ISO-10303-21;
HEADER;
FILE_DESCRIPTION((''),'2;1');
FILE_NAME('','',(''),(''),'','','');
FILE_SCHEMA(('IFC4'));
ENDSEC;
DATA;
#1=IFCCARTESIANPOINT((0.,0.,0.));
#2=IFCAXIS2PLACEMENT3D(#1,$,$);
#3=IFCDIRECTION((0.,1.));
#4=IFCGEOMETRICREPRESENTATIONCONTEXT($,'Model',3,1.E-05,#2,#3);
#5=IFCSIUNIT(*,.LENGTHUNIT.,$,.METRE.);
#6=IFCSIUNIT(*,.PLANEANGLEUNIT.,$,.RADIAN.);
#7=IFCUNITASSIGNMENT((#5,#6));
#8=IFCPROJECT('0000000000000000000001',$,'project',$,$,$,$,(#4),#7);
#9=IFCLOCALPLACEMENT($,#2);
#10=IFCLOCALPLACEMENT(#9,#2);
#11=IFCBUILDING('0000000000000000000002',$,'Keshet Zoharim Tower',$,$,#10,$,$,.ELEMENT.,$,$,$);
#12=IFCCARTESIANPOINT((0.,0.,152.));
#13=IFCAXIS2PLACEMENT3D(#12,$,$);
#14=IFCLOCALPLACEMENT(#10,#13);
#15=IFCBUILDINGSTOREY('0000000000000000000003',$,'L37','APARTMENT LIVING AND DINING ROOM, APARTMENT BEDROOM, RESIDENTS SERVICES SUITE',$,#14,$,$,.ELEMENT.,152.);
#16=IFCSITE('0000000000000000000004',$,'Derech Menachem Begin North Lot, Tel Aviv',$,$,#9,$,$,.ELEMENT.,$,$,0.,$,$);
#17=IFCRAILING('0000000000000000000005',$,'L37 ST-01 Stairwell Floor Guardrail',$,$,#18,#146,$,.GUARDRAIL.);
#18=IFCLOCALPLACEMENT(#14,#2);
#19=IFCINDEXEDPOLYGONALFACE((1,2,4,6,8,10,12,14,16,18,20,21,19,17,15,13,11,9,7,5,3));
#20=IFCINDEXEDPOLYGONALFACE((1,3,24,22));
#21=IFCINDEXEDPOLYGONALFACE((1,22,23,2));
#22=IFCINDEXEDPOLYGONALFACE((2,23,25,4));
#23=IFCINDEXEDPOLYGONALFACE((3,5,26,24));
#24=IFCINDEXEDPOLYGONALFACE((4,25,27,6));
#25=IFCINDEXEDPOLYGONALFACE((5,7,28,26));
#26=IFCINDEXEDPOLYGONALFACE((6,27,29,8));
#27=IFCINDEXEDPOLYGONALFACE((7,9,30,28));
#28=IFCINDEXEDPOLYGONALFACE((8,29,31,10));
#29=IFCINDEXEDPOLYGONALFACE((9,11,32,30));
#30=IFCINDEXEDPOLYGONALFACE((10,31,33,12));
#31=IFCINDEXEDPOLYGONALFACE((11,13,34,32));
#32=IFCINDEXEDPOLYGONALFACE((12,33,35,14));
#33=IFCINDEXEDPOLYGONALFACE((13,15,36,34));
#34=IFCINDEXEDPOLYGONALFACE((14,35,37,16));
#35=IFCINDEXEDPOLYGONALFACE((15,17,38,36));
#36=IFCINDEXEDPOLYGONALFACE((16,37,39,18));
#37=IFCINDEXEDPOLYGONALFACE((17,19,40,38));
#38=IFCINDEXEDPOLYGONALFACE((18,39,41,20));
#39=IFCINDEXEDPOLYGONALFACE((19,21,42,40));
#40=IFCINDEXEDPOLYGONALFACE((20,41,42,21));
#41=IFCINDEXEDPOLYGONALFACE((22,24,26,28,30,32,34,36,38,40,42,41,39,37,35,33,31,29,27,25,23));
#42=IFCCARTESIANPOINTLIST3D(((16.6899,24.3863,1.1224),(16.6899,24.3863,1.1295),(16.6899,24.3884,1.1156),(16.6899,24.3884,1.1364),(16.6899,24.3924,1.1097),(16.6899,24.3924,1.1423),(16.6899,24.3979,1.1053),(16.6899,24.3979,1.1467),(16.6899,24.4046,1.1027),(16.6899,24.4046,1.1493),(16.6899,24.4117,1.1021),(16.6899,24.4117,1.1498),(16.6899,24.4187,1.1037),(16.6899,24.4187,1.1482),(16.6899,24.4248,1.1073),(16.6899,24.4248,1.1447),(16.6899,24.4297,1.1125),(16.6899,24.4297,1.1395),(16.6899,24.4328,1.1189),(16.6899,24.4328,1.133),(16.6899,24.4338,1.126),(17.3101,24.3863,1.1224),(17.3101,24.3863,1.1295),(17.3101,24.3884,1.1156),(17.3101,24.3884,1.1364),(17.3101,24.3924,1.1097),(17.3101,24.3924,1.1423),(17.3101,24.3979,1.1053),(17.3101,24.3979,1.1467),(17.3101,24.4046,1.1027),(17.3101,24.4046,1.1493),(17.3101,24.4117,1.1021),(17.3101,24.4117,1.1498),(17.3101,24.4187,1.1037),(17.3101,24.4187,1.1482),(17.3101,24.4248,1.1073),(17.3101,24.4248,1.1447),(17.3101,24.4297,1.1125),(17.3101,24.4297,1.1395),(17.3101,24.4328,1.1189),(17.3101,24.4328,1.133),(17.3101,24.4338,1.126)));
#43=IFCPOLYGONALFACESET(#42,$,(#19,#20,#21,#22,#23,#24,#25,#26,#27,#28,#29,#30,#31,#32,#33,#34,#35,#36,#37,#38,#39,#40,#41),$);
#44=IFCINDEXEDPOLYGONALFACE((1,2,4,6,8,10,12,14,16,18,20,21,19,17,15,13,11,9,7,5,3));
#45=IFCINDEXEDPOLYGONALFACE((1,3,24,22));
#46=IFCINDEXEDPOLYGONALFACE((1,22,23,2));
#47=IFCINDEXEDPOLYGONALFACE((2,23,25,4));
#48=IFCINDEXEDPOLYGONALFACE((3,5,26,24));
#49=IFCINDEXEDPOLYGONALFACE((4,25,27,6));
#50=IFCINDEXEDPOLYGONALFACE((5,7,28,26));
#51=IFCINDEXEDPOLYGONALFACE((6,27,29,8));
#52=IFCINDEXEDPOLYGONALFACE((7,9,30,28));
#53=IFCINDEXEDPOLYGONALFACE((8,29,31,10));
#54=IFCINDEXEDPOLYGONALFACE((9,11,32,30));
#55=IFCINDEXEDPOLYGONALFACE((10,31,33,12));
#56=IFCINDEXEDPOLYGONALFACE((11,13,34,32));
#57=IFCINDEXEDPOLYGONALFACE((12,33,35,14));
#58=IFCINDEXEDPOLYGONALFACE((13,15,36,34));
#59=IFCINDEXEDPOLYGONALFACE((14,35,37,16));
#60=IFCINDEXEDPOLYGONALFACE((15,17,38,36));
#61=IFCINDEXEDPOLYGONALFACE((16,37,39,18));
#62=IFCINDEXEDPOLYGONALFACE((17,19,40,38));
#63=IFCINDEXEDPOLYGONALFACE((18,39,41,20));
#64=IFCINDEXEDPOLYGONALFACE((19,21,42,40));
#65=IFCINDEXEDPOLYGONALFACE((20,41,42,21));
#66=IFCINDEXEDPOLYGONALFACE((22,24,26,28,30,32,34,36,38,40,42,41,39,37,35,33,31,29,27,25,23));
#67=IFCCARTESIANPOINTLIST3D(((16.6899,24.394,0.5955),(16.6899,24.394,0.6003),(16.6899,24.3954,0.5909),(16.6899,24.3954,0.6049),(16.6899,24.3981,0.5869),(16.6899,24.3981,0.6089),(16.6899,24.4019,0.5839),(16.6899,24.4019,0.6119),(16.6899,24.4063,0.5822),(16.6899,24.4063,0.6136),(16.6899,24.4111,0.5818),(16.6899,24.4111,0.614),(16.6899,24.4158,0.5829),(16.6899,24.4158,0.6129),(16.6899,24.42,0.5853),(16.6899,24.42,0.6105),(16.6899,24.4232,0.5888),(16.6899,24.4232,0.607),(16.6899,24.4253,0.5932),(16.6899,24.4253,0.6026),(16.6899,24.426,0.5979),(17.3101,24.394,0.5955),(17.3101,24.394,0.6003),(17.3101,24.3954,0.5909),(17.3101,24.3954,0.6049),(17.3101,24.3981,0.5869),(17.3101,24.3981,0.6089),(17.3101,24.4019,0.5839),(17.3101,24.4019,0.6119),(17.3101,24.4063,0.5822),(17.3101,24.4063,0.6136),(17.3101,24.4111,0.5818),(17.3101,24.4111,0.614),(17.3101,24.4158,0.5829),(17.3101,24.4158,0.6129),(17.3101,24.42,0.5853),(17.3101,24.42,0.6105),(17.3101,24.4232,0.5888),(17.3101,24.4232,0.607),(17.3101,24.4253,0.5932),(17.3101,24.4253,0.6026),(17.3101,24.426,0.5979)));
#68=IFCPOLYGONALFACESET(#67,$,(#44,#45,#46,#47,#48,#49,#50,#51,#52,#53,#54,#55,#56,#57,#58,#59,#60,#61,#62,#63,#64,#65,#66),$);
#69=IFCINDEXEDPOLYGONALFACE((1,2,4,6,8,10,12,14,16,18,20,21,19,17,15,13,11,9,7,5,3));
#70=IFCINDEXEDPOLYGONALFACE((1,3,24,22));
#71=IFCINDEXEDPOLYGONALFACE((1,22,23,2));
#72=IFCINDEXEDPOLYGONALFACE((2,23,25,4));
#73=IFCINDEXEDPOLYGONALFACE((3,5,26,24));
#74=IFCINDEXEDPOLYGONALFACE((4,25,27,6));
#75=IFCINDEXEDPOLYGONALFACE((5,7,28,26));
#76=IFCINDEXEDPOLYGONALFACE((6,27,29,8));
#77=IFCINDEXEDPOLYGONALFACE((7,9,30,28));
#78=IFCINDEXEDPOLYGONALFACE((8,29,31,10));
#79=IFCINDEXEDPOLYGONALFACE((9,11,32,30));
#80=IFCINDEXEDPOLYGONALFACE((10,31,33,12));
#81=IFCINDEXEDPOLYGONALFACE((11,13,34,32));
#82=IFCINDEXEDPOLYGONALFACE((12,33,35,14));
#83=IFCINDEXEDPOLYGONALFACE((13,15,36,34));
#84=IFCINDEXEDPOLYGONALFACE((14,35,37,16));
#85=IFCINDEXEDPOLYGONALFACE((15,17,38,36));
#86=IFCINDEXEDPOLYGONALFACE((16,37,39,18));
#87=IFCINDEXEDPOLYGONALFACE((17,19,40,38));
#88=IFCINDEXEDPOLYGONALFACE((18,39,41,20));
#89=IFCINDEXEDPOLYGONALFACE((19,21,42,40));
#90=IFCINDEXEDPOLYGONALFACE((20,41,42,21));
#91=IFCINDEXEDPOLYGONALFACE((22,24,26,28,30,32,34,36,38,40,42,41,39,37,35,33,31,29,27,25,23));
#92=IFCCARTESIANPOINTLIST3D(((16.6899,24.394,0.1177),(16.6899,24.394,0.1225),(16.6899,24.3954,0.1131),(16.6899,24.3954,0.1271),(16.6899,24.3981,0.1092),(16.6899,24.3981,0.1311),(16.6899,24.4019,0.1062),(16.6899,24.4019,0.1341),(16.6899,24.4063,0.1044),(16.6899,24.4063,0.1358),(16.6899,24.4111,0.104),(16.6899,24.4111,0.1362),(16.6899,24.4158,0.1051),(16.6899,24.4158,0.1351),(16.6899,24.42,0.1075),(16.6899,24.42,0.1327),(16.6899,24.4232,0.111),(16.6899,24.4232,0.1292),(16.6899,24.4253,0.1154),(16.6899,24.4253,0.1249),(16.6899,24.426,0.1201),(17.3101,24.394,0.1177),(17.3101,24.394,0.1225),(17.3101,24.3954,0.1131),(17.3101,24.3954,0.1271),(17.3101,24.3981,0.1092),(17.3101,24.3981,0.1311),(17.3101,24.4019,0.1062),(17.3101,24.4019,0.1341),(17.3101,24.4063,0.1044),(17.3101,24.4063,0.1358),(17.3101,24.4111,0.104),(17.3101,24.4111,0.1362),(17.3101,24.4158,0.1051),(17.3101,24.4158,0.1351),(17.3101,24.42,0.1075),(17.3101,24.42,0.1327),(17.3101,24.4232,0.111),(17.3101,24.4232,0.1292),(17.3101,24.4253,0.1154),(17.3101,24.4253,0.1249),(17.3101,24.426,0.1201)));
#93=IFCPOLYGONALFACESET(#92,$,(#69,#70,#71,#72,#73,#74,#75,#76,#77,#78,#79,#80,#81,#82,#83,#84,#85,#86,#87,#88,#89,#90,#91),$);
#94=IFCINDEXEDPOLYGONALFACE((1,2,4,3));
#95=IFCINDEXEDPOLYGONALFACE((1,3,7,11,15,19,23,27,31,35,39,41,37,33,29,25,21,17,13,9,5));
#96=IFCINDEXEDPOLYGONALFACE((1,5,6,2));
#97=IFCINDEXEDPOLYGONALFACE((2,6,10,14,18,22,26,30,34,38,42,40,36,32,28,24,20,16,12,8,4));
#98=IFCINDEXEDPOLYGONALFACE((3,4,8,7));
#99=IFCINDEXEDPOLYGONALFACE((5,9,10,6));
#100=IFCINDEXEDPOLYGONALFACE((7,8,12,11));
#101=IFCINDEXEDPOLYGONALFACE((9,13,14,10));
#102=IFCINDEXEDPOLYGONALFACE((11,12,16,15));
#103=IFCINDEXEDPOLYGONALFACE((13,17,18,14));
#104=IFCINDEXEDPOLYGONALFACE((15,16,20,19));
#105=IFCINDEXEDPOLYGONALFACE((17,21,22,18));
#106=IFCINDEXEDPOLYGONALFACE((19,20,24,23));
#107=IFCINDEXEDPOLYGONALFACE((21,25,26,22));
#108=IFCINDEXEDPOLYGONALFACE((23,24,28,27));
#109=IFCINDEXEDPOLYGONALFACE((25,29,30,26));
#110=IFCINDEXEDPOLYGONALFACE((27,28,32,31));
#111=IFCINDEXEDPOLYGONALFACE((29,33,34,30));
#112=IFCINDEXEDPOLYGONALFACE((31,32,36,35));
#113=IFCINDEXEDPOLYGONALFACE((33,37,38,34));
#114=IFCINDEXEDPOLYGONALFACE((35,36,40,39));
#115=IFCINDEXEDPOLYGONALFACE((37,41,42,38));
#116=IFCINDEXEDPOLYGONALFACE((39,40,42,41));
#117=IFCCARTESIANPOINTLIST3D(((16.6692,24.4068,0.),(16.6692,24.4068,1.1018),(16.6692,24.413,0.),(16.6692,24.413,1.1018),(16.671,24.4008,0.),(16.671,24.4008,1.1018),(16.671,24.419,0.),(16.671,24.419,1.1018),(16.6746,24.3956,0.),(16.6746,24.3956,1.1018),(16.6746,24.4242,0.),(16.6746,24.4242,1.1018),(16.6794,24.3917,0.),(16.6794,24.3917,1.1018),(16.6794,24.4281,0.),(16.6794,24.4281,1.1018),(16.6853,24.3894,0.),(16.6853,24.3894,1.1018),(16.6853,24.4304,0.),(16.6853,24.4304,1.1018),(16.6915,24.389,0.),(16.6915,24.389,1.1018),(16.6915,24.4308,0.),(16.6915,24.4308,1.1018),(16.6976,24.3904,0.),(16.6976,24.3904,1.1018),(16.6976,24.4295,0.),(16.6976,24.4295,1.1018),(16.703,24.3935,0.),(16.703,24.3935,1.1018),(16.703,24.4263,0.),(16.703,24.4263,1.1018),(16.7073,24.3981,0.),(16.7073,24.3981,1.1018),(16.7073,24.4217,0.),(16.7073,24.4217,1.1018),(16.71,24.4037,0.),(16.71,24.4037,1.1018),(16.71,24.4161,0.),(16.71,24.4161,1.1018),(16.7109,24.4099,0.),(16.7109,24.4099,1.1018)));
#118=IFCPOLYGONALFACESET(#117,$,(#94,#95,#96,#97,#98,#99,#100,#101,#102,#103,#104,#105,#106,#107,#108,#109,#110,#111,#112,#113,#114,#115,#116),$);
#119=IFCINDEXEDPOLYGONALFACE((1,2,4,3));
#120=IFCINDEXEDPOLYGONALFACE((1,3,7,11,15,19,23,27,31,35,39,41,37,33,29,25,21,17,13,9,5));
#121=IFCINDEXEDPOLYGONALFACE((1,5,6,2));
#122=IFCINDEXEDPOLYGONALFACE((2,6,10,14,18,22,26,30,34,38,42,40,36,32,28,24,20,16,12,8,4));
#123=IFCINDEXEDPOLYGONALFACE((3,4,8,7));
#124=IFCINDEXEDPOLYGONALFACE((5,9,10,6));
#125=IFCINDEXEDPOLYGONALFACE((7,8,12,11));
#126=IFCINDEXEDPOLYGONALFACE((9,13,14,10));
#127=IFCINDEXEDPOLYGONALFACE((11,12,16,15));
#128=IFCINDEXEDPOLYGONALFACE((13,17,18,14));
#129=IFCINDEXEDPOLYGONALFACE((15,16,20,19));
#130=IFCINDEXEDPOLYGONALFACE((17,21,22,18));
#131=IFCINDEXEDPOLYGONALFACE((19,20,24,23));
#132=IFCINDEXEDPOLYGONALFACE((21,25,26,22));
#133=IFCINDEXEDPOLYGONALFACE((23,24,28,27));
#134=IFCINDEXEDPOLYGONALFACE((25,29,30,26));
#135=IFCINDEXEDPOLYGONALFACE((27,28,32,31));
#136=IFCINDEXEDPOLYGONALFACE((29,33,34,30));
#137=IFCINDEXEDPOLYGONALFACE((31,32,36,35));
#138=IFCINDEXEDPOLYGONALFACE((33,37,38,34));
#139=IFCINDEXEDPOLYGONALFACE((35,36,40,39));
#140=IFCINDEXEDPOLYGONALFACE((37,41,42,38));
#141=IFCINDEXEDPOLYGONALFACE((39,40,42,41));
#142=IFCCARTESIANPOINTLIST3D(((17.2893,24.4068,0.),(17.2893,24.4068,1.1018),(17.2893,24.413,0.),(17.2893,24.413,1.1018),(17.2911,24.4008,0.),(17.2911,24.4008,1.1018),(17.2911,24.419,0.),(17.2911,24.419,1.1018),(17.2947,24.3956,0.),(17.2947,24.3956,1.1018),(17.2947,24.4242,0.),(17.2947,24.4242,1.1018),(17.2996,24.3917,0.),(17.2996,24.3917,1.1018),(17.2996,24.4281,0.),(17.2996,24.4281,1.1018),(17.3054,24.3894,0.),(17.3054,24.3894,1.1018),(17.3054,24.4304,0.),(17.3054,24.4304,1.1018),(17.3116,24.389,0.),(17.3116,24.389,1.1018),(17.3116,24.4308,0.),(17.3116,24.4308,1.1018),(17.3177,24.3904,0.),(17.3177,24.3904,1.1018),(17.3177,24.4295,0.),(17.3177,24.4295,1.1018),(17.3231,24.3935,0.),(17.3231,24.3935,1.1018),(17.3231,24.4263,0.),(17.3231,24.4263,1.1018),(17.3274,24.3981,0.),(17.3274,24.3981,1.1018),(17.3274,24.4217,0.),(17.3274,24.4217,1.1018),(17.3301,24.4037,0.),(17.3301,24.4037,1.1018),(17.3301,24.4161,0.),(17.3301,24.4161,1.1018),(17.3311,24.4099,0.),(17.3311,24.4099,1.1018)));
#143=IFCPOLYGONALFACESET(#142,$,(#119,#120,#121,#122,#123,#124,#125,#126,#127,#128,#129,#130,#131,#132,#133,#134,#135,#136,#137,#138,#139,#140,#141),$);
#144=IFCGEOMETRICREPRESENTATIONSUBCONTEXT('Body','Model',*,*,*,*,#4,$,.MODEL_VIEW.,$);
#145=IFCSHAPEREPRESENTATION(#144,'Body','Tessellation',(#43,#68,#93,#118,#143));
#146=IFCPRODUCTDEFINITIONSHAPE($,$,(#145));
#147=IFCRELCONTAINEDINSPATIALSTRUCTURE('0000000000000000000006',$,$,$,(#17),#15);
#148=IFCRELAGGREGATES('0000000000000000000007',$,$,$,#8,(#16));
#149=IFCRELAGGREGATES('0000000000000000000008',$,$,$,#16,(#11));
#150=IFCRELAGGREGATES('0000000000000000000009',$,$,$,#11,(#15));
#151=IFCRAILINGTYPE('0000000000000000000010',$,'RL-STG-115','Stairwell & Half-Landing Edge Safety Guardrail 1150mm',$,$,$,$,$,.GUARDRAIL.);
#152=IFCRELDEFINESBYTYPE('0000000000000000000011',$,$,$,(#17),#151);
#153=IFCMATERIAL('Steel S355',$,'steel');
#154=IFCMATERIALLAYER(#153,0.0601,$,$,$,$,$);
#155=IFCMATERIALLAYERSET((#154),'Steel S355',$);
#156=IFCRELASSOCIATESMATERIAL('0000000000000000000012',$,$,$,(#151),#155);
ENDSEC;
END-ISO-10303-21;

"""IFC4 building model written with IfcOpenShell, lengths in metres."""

from ifc_helpers import new_model, si_unit, direction, frame, origin, origin_2d, place, context, subcontext, project, spatial, circle, extrude, material, layer, layer_set, type_object, element, save


model = new_model("IFC4")

# Units and contexts
model_context = context("Model", 3, precision=1e-05, world=origin(), true_north=direction((0.0, 1.0)))
body_context = subcontext(model_context, "Body", "Model", "MODEL_VIEW")
ifc_project = project(units=[si_unit("LENGTHUNIT", "METRE"), si_unit("PLANEANGLEUNIT", "RADIAN")], contexts=[model_context])

# Site, building, storey
site_placement = place(None, origin())
site = spatial("IfcSite", under=ifc_project, at=site_placement, Name="Derech Menachem Begin North Lot, Tel Aviv", CompositionType="ELEMENT", RefElevation=0.0)
building_placement = place(site_placement, origin())
building = spatial("IfcBuilding", under=site, at=building_placement, Name="Keshet Zoharim Tower", CompositionType="ELEMENT")
storey_placement = place(building_placement, frame((0.0, 0.0, 152.0)))
storey = spatial("IfcBuildingStorey", under=building, at=storey_placement, Name="L37", Description="APARTMENT LIVING AND DINING ROOM, APARTMENT BEDROOM, RESIDENTS SERVICES SUITE", CompositionType="ELEMENT", Elevation=152.0)

# Shared definitions
ifc_material_1 = material(Name="Steel S355", Category="steel")

# Railing
ifc_layer_1 = layer(ifc_material_1, 0.0601)
ifc_layer_set_1 = layer_set([ifc_layer_1], Name="Steel S355")
railing_type_1 = type_object("IfcRailingType", Name="RL-STG-115", Description="Stairwell & Half-Landing Edge Safety Guardrail 1150mm", PredefinedType="GUARDRAIL", material=ifc_layer_set_1)
railing_1_placement = place(storey_placement, frame((16.6899, 24.4099, 0.0)))
element("IfcRailing", 1, at=railing_1_placement, inside=storey, type_object=railing_type_1, Name="L37 ST-01 Stairwell Floor Guardrail", PredefinedType="GUARDRAIL", context=body_context, shape_type="SweptSolid", body=[
    extrude(circle(Radius=0.0239, at=origin_2d()), frame((0.0, 0.0, 1.126), z_axis=(1.0, 0.0, 0.0), x_axis=(0.0, 1.0, 0.0)), (0.0, 0.0, 1.0), 0.6201),
    extrude(circle(Radius=0.0161, at=origin_2d()), frame((0.0, 0.0, 0.5979), z_axis=(1.0, 0.0, 0.0), x_axis=(0.0, 1.0, 0.0)), (0.0, 0.0, 1.0), 0.6201),
    extrude(circle(Radius=0.0161, at=origin_2d()), frame((0.0, 0.0, 0.1201), z_axis=(1.0, 0.0, 0.0), x_axis=(0.0, 1.0, 0.0)), (0.0, 0.0, 1.0), 0.6201),
    extrude(circle(Radius=0.021, at=origin_2d()), origin(), (0.0, 0.0, 1.0), 1.1018),
    extrude(circle(Radius=0.021, at=origin_2d()), frame((0.6201, 0.0, 0.0)), (0.0, 0.0, 1.0), 1.1018),
])

save(model, "model.ifc")
